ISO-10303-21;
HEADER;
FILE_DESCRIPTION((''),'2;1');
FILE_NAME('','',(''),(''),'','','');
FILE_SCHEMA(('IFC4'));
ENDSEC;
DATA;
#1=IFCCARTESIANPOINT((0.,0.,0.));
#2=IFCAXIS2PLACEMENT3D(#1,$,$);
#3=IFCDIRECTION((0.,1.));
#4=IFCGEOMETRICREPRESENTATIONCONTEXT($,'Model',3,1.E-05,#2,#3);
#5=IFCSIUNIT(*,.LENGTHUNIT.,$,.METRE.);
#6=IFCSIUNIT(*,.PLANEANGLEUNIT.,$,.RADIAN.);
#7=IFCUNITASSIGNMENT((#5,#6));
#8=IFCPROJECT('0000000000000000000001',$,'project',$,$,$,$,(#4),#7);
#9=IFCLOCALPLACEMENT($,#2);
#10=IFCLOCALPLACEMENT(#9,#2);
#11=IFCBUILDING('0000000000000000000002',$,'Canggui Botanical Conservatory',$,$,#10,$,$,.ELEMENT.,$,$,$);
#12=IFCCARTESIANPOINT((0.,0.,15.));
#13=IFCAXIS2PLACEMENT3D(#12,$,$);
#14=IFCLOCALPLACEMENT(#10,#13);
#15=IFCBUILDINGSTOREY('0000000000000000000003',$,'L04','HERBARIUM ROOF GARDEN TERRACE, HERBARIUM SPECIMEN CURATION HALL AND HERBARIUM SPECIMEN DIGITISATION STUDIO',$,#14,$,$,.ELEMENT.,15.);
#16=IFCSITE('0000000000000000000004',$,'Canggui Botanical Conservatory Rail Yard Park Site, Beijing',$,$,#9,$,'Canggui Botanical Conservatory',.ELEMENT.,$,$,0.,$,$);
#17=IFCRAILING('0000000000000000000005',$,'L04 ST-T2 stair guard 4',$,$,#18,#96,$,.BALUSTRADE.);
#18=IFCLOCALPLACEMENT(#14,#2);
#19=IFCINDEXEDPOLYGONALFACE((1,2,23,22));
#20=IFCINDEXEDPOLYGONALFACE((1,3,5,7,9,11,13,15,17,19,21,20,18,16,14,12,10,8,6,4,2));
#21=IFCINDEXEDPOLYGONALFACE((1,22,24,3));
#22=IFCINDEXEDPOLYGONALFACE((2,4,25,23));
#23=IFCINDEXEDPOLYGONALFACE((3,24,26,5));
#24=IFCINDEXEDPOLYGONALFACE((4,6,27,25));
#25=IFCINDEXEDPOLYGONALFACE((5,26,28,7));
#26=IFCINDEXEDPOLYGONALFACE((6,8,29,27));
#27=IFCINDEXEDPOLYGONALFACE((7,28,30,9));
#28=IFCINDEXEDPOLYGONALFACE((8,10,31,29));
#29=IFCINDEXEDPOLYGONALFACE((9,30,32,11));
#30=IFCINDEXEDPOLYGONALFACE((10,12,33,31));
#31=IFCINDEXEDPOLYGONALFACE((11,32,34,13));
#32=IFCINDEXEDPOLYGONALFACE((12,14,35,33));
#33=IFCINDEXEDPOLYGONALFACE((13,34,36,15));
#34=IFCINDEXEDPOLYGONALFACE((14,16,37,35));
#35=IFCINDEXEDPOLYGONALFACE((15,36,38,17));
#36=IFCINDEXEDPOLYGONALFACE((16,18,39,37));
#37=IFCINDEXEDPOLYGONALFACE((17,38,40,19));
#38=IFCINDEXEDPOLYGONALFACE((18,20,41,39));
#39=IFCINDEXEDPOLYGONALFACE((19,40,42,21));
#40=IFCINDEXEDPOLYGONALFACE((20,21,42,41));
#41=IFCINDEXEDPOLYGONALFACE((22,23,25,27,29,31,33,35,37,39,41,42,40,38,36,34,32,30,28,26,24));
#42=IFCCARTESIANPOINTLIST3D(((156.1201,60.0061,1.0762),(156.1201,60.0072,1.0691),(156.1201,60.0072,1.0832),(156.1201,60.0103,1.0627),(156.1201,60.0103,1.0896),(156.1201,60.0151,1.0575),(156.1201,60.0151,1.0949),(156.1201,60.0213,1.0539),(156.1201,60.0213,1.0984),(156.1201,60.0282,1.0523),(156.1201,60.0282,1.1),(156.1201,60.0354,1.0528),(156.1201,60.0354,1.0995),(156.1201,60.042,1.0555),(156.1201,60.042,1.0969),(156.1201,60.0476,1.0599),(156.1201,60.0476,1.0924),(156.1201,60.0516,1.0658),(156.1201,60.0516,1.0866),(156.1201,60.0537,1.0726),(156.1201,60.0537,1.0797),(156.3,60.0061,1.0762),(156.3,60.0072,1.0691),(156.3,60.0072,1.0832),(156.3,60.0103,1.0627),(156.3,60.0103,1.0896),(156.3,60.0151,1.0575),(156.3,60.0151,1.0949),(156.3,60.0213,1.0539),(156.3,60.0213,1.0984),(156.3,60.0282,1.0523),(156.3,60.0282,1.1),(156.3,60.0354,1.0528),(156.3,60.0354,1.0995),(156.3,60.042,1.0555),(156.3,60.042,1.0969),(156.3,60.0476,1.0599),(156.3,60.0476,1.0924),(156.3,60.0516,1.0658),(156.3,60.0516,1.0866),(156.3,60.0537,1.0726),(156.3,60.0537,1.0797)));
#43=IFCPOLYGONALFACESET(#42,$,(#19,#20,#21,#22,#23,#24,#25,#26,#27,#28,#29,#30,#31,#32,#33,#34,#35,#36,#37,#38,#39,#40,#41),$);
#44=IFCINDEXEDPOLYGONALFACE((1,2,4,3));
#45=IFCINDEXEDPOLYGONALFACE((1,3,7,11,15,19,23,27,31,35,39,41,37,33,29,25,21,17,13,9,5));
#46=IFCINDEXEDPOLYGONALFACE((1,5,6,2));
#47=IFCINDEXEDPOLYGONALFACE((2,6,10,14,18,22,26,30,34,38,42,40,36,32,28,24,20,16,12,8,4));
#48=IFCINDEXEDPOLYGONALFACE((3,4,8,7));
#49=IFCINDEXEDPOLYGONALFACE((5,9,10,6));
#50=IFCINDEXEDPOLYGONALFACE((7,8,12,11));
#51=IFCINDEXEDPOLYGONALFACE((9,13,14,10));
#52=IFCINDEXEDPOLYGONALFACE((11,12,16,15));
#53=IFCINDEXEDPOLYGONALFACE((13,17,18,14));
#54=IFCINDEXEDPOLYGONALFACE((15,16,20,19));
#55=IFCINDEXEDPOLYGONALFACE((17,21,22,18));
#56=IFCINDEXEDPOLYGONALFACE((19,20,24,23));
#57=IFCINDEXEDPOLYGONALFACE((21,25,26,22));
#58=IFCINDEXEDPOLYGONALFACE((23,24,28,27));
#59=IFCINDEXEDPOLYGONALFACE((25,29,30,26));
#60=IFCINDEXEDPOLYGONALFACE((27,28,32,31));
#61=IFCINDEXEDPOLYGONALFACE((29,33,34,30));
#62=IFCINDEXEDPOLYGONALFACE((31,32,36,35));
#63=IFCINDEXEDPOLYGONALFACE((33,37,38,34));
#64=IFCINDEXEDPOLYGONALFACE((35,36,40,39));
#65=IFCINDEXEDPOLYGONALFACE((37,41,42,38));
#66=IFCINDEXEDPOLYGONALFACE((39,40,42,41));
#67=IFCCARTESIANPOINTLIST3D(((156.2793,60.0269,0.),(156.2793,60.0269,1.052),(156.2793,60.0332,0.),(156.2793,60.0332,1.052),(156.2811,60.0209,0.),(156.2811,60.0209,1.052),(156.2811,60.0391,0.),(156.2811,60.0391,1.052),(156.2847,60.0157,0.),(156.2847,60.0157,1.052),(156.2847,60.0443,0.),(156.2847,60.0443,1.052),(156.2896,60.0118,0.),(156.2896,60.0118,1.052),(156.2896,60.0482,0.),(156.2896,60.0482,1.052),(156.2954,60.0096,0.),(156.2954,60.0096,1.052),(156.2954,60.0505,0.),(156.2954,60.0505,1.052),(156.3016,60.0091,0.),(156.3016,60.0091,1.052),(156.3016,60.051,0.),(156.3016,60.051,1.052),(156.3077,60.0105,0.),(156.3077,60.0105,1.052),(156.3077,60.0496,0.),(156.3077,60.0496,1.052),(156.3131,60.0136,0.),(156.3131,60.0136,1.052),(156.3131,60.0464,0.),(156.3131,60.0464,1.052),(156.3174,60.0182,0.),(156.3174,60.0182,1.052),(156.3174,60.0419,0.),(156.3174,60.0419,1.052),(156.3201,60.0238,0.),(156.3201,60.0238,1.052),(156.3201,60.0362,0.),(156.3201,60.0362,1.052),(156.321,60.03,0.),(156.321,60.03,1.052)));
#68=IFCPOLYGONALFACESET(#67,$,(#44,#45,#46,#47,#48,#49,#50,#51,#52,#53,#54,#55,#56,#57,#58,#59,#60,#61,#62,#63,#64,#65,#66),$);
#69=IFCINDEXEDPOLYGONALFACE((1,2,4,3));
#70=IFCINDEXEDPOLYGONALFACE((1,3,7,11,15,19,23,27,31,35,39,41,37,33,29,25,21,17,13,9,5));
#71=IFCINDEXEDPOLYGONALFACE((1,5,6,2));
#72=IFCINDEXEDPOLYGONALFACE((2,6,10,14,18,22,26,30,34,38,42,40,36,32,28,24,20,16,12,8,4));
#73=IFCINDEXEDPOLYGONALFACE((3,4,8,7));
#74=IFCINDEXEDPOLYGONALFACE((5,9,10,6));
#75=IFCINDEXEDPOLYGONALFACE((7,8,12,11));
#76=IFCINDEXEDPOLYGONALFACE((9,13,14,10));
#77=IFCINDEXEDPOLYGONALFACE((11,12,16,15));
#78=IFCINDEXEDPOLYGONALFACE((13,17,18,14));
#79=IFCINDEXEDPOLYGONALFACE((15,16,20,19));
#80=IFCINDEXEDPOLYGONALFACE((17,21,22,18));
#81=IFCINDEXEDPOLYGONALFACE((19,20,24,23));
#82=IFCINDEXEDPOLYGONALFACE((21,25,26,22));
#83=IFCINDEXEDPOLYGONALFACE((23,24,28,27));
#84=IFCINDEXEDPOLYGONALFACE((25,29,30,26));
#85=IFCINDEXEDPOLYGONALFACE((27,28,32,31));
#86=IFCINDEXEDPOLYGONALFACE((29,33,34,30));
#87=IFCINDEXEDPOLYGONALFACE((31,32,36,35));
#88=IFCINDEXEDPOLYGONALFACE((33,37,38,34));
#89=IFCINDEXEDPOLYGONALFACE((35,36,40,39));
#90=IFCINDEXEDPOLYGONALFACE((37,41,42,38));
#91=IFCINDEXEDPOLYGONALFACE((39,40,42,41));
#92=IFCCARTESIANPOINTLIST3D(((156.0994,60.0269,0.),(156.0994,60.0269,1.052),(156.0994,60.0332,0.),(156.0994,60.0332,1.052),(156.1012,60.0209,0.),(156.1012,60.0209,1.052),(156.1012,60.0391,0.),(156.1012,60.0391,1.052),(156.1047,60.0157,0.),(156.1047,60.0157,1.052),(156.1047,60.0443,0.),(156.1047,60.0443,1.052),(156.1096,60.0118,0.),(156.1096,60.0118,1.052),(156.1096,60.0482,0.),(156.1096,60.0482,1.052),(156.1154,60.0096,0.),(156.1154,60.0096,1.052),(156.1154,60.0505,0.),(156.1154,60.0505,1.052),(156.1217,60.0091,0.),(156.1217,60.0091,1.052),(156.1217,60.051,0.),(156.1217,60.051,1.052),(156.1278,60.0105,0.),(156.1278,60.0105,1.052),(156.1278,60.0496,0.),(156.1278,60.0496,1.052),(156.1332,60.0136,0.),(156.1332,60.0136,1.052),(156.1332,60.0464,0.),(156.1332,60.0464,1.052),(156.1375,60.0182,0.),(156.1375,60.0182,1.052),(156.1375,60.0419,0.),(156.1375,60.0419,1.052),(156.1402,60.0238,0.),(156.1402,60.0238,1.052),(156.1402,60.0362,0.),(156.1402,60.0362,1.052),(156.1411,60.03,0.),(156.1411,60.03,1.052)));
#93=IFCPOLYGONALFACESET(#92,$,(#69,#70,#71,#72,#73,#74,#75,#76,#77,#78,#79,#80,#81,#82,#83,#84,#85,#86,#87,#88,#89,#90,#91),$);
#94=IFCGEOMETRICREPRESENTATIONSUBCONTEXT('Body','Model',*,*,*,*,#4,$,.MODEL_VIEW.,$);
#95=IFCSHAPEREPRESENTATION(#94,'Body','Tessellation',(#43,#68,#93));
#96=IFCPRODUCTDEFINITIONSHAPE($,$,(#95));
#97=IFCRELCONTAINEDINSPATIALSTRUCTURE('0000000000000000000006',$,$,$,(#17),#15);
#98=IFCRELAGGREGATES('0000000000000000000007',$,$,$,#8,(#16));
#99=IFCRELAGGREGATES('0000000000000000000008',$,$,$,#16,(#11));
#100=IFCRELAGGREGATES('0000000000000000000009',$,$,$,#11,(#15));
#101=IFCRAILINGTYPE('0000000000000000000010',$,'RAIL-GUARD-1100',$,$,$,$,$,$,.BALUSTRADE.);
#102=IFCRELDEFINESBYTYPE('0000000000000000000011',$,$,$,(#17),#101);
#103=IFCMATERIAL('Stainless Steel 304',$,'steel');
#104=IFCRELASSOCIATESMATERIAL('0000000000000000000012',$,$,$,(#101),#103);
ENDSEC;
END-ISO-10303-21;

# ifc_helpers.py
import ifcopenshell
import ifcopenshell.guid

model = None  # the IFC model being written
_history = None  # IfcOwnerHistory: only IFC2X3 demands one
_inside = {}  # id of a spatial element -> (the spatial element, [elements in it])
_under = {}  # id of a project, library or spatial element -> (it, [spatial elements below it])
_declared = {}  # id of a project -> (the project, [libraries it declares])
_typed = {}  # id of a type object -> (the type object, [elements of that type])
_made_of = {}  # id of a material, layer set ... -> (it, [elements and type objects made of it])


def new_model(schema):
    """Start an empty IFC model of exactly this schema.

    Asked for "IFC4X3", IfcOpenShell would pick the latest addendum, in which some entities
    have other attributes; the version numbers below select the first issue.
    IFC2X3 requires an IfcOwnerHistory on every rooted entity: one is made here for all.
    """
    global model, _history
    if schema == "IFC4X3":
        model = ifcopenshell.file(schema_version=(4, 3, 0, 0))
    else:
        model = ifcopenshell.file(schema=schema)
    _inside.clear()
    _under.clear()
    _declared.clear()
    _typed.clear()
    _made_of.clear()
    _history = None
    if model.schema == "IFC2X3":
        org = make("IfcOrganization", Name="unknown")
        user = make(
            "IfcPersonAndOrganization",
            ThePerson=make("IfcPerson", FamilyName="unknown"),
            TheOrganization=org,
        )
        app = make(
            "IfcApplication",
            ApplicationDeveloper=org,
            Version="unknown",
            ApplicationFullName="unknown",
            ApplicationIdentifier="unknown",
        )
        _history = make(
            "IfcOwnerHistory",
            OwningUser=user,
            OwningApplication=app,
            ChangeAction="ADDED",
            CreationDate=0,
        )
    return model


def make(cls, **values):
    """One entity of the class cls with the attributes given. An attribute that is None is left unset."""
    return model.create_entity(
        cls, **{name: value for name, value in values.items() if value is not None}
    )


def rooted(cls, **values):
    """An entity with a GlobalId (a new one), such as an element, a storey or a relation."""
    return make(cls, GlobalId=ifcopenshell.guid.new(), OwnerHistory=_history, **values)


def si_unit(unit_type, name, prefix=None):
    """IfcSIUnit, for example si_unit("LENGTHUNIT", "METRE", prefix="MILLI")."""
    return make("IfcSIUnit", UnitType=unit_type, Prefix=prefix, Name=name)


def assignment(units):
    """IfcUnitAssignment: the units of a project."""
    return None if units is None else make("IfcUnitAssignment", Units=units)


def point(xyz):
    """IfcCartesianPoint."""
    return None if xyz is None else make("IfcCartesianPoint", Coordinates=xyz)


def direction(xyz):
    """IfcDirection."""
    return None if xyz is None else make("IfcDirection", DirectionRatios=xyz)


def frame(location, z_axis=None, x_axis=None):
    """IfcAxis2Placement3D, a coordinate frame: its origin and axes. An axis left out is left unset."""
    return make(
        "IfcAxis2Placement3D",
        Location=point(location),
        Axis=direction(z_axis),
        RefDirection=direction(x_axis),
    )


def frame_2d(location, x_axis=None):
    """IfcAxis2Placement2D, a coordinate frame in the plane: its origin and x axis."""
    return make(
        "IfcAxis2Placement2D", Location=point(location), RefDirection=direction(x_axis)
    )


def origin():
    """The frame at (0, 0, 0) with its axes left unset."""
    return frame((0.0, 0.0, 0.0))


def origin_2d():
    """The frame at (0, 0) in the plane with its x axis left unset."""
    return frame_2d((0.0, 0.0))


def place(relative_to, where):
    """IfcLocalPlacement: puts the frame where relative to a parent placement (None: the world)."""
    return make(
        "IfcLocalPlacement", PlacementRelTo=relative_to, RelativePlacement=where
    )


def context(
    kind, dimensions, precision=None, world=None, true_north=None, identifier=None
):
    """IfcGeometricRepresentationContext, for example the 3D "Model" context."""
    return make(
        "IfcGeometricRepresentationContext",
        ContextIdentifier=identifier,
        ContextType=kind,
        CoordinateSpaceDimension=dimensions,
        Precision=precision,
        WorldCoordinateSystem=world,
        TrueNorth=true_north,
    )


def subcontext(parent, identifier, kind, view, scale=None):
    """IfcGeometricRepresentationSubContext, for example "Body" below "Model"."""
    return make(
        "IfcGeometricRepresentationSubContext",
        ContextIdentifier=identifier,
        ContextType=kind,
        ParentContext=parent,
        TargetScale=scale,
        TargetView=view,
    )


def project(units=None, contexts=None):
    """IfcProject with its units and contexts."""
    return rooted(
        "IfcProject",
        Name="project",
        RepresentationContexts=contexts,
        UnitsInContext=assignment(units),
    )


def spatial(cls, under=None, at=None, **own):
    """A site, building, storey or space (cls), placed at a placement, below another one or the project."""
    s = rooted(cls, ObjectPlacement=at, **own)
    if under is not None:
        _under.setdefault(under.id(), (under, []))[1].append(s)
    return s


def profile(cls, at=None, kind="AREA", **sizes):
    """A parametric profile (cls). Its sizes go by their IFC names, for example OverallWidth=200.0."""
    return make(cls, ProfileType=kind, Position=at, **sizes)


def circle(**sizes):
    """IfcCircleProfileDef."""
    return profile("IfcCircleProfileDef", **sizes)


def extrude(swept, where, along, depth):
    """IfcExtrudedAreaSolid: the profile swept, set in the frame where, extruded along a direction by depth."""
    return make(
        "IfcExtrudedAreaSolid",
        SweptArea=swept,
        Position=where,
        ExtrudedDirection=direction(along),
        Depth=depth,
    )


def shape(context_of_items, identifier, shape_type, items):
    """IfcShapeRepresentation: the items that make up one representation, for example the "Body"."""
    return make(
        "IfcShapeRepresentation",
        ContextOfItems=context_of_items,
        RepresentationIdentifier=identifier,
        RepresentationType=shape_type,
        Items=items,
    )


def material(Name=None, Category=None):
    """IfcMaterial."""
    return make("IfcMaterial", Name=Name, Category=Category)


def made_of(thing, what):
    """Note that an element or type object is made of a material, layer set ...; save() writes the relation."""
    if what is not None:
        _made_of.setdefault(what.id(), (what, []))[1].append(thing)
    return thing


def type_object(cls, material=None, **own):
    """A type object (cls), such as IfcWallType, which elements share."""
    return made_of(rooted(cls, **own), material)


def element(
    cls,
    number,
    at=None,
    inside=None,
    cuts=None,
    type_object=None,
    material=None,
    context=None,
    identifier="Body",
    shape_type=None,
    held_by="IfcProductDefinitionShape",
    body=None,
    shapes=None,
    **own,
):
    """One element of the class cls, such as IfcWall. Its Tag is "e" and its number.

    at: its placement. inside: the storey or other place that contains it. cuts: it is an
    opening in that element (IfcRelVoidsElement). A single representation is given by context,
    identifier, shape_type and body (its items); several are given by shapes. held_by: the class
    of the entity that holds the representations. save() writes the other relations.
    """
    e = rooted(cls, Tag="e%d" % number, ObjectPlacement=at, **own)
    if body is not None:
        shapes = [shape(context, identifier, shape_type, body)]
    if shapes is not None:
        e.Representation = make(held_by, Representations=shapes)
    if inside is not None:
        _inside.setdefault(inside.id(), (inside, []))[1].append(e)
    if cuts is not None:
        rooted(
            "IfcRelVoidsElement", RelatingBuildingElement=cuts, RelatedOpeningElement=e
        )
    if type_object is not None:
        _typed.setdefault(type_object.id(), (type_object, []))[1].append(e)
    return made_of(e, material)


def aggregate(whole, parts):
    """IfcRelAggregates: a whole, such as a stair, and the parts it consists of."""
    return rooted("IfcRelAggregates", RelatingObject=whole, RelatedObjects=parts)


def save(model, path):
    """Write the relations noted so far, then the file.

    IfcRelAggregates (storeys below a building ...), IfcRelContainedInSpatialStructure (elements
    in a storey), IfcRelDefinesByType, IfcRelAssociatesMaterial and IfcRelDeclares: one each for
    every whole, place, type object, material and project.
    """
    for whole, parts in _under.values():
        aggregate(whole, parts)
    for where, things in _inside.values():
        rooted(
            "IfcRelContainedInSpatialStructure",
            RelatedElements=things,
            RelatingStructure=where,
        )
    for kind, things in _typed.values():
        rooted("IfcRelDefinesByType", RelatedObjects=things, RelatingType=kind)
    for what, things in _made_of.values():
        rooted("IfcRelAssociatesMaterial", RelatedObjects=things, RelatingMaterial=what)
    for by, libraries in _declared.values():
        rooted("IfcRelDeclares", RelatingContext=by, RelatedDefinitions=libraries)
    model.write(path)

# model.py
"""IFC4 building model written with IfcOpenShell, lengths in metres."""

from ifc_helpers import new_model, si_unit, direction, frame, origin, origin_2d, place, context, subcontext, project, spatial, circle, extrude, material, type_object, element, save


model = new_model("IFC4")

# Units and contexts
model_context = context("Model", 3, precision=1e-05, world=origin(), true_north=direction((0.0, 1.0)))
body_context = subcontext(model_context, "Body", "Model", "MODEL_VIEW")
ifc_project = project(units=[si_unit("LENGTHUNIT", "METRE"), si_unit("PLANEANGLEUNIT", "RADIAN")], contexts=[model_context])

# Site, building, storey
site_placement = place(None, origin())
site = spatial("IfcSite", under=ifc_project, at=site_placement, Name="Canggui Botanical Conservatory Rail Yard Park Site, Beijing", LongName="Canggui Botanical Conservatory", CompositionType="ELEMENT", RefElevation=0.0)
building_placement = place(site_placement, origin())
building = spatial("IfcBuilding", under=site, at=building_placement, Name="Canggui Botanical Conservatory", CompositionType="ELEMENT")
storey_placement = place(building_placement, frame((0.0, 0.0, 15.0)))
storey = spatial("IfcBuildingStorey", under=building, at=storey_placement, Name="L04", Description="HERBARIUM ROOF GARDEN TERRACE, HERBARIUM SPECIMEN CURATION HALL AND HERBARIUM SPECIMEN DIGITISATION STUDIO", CompositionType="ELEMENT", Elevation=15.0)

# Shared definitions
ifc_material_1 = material(Name="Stainless Steel 304", Category="steel")

# Railing
railing_type_1 = type_object("IfcRailingType", Name="RAIL-GUARD-1100", PredefinedType="BALUSTRADE", material=ifc_material_1)
railing_1_placement = place(storey_placement, frame((156.3, 60.03, 0.0)))
element("IfcRailing", 1, at=railing_1_placement, inside=storey, type_object=railing_type_1, Name="L04 ST-T2 stair guard 4", PredefinedType="BALUSTRADE", context=body_context, shape_type="SweptSolid", body=[
    extrude(circle(Radius=0.0239, at=origin_2d()), frame((0.0, 0.0, 1.0762), z_axis=(-1.0, 0.0, 0.0), x_axis=(0.0, -1.0, 0.0)), (0.0, 0.0, 1.0), 0.1799),
    extrude(circle(Radius=0.021, at=origin_2d()), origin(), (0.0, 0.0, 1.0), 1.052),
    extrude(circle(Radius=0.021, at=origin_2d()), frame((-0.1799, 0.0, 0.0)), (0.0, 0.0, 1.0), 1.052),
])

save(model, "model.ifc")
